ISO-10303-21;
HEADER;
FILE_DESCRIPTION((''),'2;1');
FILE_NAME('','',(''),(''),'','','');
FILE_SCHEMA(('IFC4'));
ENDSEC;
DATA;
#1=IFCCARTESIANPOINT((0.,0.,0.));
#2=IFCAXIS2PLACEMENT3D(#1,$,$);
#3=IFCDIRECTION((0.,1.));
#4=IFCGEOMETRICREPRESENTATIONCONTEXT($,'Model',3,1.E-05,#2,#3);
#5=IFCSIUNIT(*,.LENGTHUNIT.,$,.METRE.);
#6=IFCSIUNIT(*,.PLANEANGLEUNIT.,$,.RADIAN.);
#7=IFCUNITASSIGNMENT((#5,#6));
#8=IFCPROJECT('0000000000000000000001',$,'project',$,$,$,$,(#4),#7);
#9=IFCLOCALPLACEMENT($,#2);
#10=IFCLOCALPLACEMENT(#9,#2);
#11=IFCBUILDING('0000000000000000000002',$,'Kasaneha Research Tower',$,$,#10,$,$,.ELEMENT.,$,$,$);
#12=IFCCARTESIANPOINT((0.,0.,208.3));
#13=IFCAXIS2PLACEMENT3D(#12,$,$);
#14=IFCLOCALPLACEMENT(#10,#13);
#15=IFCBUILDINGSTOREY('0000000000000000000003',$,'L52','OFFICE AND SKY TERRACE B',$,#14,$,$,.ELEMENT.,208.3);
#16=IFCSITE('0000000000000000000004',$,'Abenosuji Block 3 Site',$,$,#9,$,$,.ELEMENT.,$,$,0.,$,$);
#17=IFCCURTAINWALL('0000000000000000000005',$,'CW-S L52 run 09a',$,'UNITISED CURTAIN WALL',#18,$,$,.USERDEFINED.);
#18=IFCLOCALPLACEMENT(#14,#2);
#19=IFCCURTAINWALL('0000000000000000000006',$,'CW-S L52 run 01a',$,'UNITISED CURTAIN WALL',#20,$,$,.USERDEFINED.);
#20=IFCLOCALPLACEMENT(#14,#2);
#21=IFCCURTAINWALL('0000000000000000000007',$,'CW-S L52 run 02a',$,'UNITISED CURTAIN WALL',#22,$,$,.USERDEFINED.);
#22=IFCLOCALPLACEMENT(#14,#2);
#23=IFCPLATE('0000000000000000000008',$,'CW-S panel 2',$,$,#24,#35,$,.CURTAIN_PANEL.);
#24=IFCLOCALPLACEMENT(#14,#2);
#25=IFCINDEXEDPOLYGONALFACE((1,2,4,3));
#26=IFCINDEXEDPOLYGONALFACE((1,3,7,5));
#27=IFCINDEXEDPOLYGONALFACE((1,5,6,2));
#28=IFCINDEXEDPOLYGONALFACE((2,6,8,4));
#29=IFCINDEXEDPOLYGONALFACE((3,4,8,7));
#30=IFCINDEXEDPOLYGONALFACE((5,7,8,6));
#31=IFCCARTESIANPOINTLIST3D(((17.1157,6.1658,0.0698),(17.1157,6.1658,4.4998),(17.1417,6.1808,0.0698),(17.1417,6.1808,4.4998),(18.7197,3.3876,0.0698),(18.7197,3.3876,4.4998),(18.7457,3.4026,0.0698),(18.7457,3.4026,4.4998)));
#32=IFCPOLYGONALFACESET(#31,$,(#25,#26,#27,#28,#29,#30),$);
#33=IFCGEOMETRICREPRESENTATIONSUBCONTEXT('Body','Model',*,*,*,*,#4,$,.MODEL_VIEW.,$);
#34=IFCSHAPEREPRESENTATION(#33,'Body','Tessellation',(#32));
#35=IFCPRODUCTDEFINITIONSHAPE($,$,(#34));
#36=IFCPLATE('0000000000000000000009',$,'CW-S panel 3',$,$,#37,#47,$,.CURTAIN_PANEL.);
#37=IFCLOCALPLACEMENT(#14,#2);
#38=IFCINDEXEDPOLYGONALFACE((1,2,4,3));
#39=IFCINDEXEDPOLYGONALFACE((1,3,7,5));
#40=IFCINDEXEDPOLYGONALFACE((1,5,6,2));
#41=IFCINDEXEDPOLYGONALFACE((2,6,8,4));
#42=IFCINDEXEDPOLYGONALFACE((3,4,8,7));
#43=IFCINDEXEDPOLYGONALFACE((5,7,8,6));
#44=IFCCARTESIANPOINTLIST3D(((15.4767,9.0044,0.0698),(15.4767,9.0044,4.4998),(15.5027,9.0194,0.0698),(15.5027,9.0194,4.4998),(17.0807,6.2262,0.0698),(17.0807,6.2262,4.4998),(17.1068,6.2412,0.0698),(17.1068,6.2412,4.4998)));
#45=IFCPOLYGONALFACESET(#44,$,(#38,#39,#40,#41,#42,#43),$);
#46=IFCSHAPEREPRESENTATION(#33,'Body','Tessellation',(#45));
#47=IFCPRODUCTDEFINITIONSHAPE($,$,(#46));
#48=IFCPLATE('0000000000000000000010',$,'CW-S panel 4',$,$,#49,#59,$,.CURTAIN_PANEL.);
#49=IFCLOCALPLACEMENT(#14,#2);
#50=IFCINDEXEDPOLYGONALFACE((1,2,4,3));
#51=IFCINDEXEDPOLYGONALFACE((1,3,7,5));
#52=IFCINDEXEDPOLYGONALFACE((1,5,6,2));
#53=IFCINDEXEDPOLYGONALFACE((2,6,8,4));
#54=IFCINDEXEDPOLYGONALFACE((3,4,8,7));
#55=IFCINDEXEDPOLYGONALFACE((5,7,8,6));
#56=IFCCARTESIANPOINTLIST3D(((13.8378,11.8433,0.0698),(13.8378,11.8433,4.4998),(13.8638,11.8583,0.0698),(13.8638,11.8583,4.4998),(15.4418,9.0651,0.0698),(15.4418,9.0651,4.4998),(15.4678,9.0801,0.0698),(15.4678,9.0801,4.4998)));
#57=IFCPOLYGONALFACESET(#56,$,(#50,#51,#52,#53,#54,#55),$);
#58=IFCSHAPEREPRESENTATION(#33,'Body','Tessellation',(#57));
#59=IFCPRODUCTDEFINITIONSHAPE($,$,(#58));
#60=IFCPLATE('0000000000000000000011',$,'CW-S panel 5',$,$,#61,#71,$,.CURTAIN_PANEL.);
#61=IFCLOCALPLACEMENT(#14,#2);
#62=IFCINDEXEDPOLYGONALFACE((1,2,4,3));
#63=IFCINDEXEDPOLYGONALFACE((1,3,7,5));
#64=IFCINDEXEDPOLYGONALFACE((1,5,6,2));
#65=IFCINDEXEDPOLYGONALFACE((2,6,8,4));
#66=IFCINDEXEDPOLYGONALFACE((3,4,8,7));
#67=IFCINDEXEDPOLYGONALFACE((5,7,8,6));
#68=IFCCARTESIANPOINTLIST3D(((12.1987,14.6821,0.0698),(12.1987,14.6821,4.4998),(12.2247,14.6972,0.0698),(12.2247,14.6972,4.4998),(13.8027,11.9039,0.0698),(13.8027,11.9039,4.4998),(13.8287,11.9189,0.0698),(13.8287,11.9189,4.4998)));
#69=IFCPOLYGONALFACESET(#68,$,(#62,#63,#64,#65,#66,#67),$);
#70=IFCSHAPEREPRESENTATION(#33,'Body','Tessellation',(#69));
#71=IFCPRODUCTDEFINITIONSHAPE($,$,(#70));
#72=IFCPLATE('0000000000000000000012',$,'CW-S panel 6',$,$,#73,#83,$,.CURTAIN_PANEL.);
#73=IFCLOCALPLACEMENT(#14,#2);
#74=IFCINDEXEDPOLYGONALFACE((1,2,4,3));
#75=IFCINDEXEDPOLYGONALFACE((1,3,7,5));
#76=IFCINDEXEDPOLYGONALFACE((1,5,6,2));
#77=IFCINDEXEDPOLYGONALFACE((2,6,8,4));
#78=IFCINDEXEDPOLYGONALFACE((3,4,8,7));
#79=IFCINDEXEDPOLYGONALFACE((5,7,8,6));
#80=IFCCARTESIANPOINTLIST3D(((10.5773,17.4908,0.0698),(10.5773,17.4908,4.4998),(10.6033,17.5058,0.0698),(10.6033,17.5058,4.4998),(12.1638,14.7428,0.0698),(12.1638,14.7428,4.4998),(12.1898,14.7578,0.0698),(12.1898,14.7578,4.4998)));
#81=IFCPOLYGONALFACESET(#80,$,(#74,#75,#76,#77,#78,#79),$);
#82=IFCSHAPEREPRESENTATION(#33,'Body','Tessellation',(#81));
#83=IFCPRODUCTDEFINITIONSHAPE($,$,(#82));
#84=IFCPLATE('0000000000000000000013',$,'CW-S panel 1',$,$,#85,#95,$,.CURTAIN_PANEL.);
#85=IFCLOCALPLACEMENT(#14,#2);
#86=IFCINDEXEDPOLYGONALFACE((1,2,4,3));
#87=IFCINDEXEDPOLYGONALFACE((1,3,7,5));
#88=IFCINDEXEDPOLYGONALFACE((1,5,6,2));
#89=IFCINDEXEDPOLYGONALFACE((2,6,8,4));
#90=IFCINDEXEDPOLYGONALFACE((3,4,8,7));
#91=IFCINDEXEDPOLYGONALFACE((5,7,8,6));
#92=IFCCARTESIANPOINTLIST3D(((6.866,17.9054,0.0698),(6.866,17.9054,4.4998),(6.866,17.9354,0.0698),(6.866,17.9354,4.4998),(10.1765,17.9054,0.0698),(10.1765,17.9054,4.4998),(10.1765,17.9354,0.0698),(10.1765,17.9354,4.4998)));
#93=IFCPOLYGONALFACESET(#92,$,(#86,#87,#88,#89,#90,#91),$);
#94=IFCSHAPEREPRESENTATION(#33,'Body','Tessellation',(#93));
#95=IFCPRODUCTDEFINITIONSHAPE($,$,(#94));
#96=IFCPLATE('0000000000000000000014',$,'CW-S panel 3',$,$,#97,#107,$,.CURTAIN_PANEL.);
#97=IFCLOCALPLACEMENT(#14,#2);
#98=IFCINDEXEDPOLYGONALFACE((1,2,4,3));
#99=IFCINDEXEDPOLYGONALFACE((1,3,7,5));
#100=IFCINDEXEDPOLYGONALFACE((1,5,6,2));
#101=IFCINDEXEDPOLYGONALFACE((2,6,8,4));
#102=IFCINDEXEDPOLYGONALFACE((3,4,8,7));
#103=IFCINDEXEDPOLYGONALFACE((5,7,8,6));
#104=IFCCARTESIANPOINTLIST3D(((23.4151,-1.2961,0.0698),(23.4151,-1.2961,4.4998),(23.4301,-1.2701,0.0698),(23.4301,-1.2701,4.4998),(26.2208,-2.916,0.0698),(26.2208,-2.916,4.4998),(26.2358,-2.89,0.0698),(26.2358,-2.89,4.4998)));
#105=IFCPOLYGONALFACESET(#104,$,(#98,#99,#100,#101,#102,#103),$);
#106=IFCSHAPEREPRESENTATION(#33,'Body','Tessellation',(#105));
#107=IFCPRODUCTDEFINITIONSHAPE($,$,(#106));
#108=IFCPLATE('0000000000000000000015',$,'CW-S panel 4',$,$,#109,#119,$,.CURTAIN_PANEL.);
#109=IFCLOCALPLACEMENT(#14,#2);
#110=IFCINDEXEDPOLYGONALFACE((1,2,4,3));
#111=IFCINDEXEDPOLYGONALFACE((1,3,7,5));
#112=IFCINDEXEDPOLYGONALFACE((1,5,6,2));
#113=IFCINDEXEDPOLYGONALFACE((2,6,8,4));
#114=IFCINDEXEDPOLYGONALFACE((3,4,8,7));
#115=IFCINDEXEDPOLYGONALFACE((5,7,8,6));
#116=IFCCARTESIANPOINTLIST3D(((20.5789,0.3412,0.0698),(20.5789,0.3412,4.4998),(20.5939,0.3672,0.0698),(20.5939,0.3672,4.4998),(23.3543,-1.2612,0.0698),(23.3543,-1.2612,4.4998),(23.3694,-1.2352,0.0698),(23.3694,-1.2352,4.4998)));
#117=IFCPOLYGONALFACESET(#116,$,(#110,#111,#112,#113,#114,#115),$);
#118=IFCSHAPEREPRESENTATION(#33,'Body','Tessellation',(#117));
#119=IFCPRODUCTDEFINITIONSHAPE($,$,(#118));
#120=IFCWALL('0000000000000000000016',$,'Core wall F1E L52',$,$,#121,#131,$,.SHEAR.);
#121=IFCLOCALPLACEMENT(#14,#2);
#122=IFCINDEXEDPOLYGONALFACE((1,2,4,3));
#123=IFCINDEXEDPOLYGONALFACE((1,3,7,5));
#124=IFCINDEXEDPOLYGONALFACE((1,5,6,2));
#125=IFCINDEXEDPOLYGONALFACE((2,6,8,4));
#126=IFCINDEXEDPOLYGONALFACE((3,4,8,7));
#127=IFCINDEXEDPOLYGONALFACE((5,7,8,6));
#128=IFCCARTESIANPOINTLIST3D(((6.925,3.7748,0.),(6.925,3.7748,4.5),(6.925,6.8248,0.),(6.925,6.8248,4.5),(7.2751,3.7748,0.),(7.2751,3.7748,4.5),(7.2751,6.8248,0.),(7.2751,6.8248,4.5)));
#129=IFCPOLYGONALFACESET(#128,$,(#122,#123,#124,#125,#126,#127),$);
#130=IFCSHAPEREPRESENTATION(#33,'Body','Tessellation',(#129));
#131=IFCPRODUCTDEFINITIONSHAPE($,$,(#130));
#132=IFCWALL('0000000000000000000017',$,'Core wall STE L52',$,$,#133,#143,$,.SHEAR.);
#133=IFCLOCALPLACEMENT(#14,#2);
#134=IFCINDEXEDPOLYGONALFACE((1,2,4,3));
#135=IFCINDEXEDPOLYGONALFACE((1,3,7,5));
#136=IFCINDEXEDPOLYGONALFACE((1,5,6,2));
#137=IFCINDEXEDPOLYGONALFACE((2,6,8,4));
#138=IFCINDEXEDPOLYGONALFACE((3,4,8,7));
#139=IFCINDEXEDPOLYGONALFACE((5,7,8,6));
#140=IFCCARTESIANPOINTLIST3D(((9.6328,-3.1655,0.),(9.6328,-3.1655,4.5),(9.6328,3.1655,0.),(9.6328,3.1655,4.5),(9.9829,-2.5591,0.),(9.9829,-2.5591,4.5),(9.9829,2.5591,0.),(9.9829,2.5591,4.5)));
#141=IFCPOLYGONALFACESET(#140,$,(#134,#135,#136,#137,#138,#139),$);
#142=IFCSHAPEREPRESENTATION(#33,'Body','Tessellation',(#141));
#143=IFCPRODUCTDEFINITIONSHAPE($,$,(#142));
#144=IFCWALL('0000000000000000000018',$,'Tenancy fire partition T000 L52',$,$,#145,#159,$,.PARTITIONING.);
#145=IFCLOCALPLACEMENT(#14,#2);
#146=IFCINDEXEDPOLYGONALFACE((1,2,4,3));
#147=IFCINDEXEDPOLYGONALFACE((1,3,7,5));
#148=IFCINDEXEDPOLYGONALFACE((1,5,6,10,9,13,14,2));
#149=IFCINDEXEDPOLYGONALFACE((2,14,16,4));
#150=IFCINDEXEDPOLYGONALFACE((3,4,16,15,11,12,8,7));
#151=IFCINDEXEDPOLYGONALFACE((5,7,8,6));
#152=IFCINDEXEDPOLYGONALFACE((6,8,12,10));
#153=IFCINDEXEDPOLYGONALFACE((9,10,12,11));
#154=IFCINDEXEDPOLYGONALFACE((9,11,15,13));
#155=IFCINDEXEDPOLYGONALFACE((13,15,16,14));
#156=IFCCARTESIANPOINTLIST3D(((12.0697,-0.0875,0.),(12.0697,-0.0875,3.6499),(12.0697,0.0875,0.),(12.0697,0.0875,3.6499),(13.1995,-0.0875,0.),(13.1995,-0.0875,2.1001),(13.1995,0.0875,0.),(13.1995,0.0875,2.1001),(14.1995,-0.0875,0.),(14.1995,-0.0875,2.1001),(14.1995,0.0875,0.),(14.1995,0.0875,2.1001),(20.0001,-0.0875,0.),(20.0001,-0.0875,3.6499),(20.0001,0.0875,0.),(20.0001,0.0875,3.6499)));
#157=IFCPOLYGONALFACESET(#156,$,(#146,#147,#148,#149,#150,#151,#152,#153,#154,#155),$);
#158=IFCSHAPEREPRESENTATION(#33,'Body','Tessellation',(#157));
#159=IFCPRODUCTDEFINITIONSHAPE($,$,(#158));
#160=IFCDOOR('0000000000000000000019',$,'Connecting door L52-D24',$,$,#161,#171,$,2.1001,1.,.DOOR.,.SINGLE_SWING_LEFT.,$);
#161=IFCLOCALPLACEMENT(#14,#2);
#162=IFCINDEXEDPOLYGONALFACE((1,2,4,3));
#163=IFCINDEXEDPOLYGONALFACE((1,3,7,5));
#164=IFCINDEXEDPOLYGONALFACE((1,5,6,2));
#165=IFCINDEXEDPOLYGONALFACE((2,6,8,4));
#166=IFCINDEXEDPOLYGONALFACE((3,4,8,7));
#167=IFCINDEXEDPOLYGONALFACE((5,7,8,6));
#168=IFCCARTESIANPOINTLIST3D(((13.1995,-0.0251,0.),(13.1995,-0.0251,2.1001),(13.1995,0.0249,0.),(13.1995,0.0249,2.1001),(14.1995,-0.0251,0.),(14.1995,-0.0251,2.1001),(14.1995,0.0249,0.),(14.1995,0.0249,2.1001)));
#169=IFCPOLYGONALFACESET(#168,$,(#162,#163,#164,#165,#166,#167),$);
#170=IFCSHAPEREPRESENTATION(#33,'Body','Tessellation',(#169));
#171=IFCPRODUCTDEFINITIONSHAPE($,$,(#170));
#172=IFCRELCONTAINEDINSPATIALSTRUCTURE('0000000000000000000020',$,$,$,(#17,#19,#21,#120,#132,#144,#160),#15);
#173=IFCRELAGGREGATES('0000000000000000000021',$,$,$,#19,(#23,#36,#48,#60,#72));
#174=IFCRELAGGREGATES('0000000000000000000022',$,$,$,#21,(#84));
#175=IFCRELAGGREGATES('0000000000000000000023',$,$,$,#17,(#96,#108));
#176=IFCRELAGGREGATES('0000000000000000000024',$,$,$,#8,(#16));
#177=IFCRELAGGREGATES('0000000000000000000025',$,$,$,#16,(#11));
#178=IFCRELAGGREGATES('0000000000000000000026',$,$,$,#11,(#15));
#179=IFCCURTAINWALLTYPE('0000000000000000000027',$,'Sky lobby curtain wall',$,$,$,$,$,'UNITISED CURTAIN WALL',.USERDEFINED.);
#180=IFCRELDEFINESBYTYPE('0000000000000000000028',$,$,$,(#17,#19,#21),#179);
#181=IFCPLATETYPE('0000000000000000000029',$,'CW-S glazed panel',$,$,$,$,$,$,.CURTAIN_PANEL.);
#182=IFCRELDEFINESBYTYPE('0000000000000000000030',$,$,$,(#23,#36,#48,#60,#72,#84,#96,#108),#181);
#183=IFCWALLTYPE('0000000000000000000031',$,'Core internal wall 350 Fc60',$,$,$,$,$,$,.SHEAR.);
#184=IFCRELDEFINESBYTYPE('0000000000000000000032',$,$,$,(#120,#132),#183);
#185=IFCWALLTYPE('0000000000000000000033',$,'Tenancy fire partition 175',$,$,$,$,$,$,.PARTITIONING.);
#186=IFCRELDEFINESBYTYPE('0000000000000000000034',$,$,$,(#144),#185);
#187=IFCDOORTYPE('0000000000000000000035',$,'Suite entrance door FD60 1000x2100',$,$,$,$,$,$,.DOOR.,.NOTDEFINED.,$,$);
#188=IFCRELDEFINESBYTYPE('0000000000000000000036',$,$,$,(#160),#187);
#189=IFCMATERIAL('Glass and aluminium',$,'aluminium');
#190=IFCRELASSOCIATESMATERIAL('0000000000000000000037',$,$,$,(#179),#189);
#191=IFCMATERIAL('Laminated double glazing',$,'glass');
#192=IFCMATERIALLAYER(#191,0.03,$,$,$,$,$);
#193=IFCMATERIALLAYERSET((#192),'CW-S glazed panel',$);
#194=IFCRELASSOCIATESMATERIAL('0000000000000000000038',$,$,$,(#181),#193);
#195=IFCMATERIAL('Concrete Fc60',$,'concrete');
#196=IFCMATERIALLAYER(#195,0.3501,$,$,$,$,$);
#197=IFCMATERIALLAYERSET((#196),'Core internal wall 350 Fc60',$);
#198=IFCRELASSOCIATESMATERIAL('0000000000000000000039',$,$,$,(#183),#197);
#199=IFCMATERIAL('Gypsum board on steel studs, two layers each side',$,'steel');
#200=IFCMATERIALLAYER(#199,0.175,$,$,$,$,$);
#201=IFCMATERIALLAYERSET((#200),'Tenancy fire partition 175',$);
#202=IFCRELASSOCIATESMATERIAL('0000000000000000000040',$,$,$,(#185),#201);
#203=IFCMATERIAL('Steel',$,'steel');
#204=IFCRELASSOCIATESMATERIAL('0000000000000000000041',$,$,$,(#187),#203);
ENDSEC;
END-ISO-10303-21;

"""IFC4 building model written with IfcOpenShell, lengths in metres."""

from ifc_helpers import new_model, si_unit, direction, frame, frame_2d, origin, origin_2d, place, context, subcontext, project, spatial, polyline, rectangle, outline, extrude, material, layer, layer_set, type_object, element, fill, aggregate, save


model = new_model("IFC4")

# Units and contexts
model_context = context("Model", 3, precision=1e-05, world=origin(), true_north=direction((0.0, 1.0)))
body_context = subcontext(model_context, "Body", "Model", "MODEL_VIEW")
ifc_project = project(units=[si_unit("LENGTHUNIT", "METRE"), si_unit("PLANEANGLEUNIT", "RADIAN")], contexts=[model_context])

# Site, building, storey
site_placement = place(None, origin())
site = spatial("IfcSite", under=ifc_project, at=site_placement, Name="Abenosuji Block 3 Site", CompositionType="ELEMENT", RefElevation=0.0)
building_placement = place(site_placement, origin())
building = spatial("IfcBuilding", under=site, at=building_placement, Name="Kasaneha Research Tower", CompositionType="ELEMENT")
storey_placement = place(building_placement, frame((0.0, 0.0, 208.3)))
storey = spatial("IfcBuildingStorey", under=building, at=storey_placement, Name="L52", Description="OFFICE AND SKY TERRACE B", CompositionType="ELEMENT", Elevation=208.3)

# Curtain walls
ifc_material_1 = material(Name="Glass and aluminium", Category="aluminium")
curtain_wall_type = type_object("IfcCurtainWallType", Name="Sky lobby curtain wall", ElementType="UNITISED CURTAIN WALL", PredefinedType="USERDEFINED", material=ifc_material_1)
curtain_wall_1_placement = place(storey_placement, origin())
curtain_wall_1 = element("IfcCurtainWall", 1, at=curtain_wall_1_placement, inside=storey, type_object=curtain_wall_type, Name="CW-S L52 run 09a", ObjectType="UNITISED CURTAIN WALL", PredefinedType="USERDEFINED")
curtain_wall_2_placement = place(storey_placement, origin())
curtain_wall_2 = element("IfcCurtainWall", 2, at=curtain_wall_2_placement, inside=storey, type_object=curtain_wall_type, Name="CW-S L52 run 01a", ObjectType="UNITISED CURTAIN WALL", PredefinedType="USERDEFINED")
curtain_wall_3_placement = place(storey_placement, origin())
curtain_wall_3 = element("IfcCurtainWall", 3, at=curtain_wall_3_placement, inside=storey, type_object=curtain_wall_type, Name="CW-S L52 run 02a", ObjectType="UNITISED CURTAIN WALL", PredefinedType="USERDEFINED")

# Plates
ifc_material_2 = material(Name="Laminated double glazing", Category="glass")
ifc_layer_1 = layer(ifc_material_2, 0.03)
ifc_layer_set_1 = layer_set([ifc_layer_1], Name="CW-S glazed panel")
plate_type = type_object("IfcPlateType", Name="CW-S glazed panel", PredefinedType="CURTAIN_PANEL", material=ifc_layer_set_1)
plate_1_placement = place(storey_placement, frame((17.9307, 4.7842, 0.0698), z_axis=(0.0, 0.0, 1.0), x_axis=(-0.5, 0.866025, 0.0)))
plate_1 = element("IfcPlate", 4, at=plate_1_placement, type_object=plate_type, Name="CW-S panel 2", PredefinedType="CURTAIN_PANEL", context=body_context, shape_type="SweptSolid", body=[
    extrude(rectangle(XDim=3.208, YDim=0.03, at=origin_2d()), origin(), (0.0, 0.0, 1.0), 4.4299),
])
plate_2_placement = place(storey_placement, frame((16.2917, 7.6228, 0.0698), z_axis=(0.0, 0.0, 1.0), x_axis=(-0.5, 0.866025, 0.0)))
plate_2 = element("IfcPlate", 5, at=plate_2_placement, type_object=plate_type, Name="CW-S panel 3", PredefinedType="CURTAIN_PANEL", context=body_context, shape_type="SweptSolid", body=[
    extrude(rectangle(XDim=3.208, YDim=0.03, at=origin_2d()), origin(), (0.0, 0.0, 1.0), 4.4299),
])
plate_3_placement = place(storey_placement, frame((14.6528, 10.4617, 0.0698), z_axis=(0.0, 0.0, 1.0), x_axis=(-0.5, 0.866025, 0.0)))
plate_3 = element("IfcPlate", 6, at=plate_3_placement, type_object=plate_type, Name="CW-S panel 4", PredefinedType="CURTAIN_PANEL", context=body_context, shape_type="SweptSolid", body=[
    extrude(rectangle(XDim=3.208, YDim=0.03, at=origin_2d()), origin(), (0.0, 0.0, 1.0), 4.4299),
])
plate_4_placement = place(storey_placement, frame((13.0137, 13.3005, 0.0698), z_axis=(0.0, 0.0, 1.0), x_axis=(-0.5, 0.866025, 0.0)))
plate_4 = element("IfcPlate", 7, at=plate_4_placement, type_object=plate_type, Name="CW-S panel 5", PredefinedType="CURTAIN_PANEL", context=body_context, shape_type="SweptSolid", body=[
    extrude(rectangle(XDim=3.208, YDim=0.03, at=origin_2d()), origin(), (0.0, 0.0, 1.0), 4.4299),
])
plate_5_placement = place(storey_placement, frame((11.3835, 16.1243, 0.0698), z_axis=(0.0, 0.0, 1.0), x_axis=(-0.5, 0.866025, 0.0)))
plate_5 = element("IfcPlate", 8, at=plate_5_placement, type_object=plate_type, Name="CW-S panel 6", PredefinedType="CURTAIN_PANEL", context=body_context, shape_type="SweptSolid", body=[
    extrude(rectangle(XDim=3.1731, YDim=0.03, at=origin_2d()), origin(), (0.0, 0.0, 1.0), 4.4299),
])
aggregate(curtain_wall_2, [plate_1, plate_2, plate_3, plate_4, plate_5])
plate_6_placement = place(storey_placement, frame((8.5212, 17.9204, 0.0698), z_axis=(0.0, 0.0, 1.0), x_axis=(-1.0, 0.0, 0.0)))
plate_6 = element("IfcPlate", 9, at=plate_6_placement, type_object=plate_type, Name="CW-S panel 1", PredefinedType="CURTAIN_PANEL", context=body_context, shape_type="SweptSolid", body=[
    extrude(rectangle(XDim=3.3105, YDim=0.03, at=origin_2d()), origin(), (0.0, 0.0, 1.0), 4.4299),
])
aggregate(curtain_wall_3, [plate_6])
plate_7_placement = place(storey_placement, frame((24.8254, -2.093, 0.0698), z_axis=(0.0, 0.0, 1.0), x_axis=(-0.866025, 0.5, 0.0)))
plate_7 = element("IfcPlate", 10, at=plate_7_placement, type_object=plate_type, Name="CW-S panel 3", PredefinedType="CURTAIN_PANEL", context=body_context, shape_type="SweptSolid", body=[
    extrude(rectangle(XDim=3.2397, YDim=0.03, at=origin_2d()), origin(), (0.0, 0.0, 1.0), 4.4299),
])
plate_8_placement = place(storey_placement, frame((21.9741, -0.447, 0.0698), z_axis=(0.0, 0.0, 1.0), x_axis=(-0.866025, 0.5, 0.0)))
plate_8 = element("IfcPlate", 11, at=plate_8_placement, type_object=plate_type, Name="CW-S panel 4", PredefinedType="CURTAIN_PANEL", context=body_context, shape_type="SweptSolid", body=[
    extrude(rectangle(XDim=3.2048, YDim=0.03, at=origin_2d()), origin(), (0.0, 0.0, 1.0), 4.4299),
])
aggregate(curtain_wall_1, [plate_7, plate_8])

# Walls
ifc_material_3 = material(Name="Concrete Fc60", Category="concrete")
ifc_layer_2 = layer(ifc_material_3, 0.3501)
ifc_layer_set_2 = layer_set([ifc_layer_2], Name="Core internal wall 350 Fc60")
wall_type_1 = type_object("IfcWallType", Name="Core internal wall 350 Fc60", PredefinedType="SHEAR", material=ifc_layer_set_2)
wall_1_placement = place(storey_placement, frame((7.1001, 3.7749, 0.0), z_axis=(0.0, 0.0, 1.0), x_axis=(0.0, 1.0, 0.0)))
element("IfcWall", 12, at=wall_1_placement, inside=storey, type_object=wall_type_1, Name="Core wall F1E L52", PredefinedType="SHEAR", context=body_context, shape_type="SweptSolid", body=[
    extrude(rectangle(XDim=3.05, YDim=0.3501, at=frame_2d((1.5249, 0.0))), origin(), (0.0, 0.0, 1.0), 4.5),
])
wall_2_placement = place(storey_placement, frame((9.8079, -2.8623, 0.0), z_axis=(0.0, 0.0, 1.0), x_axis=(0.0, 1.0, 0.0)))
element("IfcWall", 13, at=wall_2_placement, inside=storey, type_object=wall_type_1, Name="Core wall STE L52", PredefinedType="SHEAR", context=body_context, shape_type="SweptSolid", body=[
    extrude(outline(polyline([(0.3032, -0.175), (5.4214, -0.175), (6.0278, 0.175), (-0.3032, 0.175), (0.3032, -0.175)])), origin(), (0.0, 0.0, 1.0), 4.5),
])

# Wall, opening, door
ifc_material_4 = material(Name="Gypsum board on steel studs, two layers each side", Category="steel")
ifc_layer_3 = layer(ifc_material_4, 0.175)
ifc_layer_set_3 = layer_set([ifc_layer_3], Name="Tenancy fire partition 175")
wall_type_2 = type_object("IfcWallType", Name="Tenancy fire partition 175", PredefinedType="PARTITIONING", material=ifc_layer_set_3)
wall_3_placement = place(storey_placement, frame((12.0696, 0.0, 0.0), z_axis=(0.0, 0.0, 1.0), x_axis=(1.0, 0.0, 0.0)))
wall_3 = element("IfcWall", 14, at=wall_3_placement, inside=storey, type_object=wall_type_2, Name="Tenancy fire partition T000 L52", PredefinedType="PARTITIONING", context=body_context, shape_type="SweptSolid", body=[
    extrude(rectangle(XDim=7.9304, YDim=0.175, at=frame_2d((3.9653, 0.0))), origin(), (0.0, 0.0, 1.0), 3.6499),
])
opening_placement = place(wall_3_placement, frame((1.1299, 0.0, 0.0)))
opening = element("IfcOpeningElement", 15, at=opening_placement, cuts=wall_3, PredefinedType="OPENING", context=body_context, shape_type="SweptSolid", body=[
    extrude(rectangle(XDim=1.0, YDim=2.1001, at=frame_2d((0.5, 1.05))), frame((0.0, 0.0977, 0.0), z_axis=(0.0, -1.0, 0.0), x_axis=(1.0, 0.0, 0.0)), (0.0, 0.0, 1.0), 0.1951),
])
ifc_material_5 = material(Name="Steel", Category="steel")
door_type = type_object("IfcDoorType", Name="Suite entrance door FD60 1000x2100", OperationType="NOTDEFINED", PredefinedType="DOOR", material=ifc_material_5)
door_placement = place(opening_placement, origin())
door = element("IfcDoor", 16, at=door_placement, inside=storey, type_object=door_type, Name="Connecting door L52-D24", OperationType="SINGLE_SWING_LEFT", OverallHeight=2.1001, OverallWidth=1.0, PredefinedType="DOOR", context=body_context, shape_type="SweptSolid", body=[
    extrude(rectangle(XDim=1.0, YDim=2.1001, at=frame_2d((0.5, 1.05))), frame((0.0, 0.0249, 0.0), z_axis=(0.0, -1.0, 0.0), x_axis=(1.0, 0.0, 0.0)), (0.0, 0.0, 1.0), 0.05),
])
fill(opening, door)

save(model, "model.ifc")
